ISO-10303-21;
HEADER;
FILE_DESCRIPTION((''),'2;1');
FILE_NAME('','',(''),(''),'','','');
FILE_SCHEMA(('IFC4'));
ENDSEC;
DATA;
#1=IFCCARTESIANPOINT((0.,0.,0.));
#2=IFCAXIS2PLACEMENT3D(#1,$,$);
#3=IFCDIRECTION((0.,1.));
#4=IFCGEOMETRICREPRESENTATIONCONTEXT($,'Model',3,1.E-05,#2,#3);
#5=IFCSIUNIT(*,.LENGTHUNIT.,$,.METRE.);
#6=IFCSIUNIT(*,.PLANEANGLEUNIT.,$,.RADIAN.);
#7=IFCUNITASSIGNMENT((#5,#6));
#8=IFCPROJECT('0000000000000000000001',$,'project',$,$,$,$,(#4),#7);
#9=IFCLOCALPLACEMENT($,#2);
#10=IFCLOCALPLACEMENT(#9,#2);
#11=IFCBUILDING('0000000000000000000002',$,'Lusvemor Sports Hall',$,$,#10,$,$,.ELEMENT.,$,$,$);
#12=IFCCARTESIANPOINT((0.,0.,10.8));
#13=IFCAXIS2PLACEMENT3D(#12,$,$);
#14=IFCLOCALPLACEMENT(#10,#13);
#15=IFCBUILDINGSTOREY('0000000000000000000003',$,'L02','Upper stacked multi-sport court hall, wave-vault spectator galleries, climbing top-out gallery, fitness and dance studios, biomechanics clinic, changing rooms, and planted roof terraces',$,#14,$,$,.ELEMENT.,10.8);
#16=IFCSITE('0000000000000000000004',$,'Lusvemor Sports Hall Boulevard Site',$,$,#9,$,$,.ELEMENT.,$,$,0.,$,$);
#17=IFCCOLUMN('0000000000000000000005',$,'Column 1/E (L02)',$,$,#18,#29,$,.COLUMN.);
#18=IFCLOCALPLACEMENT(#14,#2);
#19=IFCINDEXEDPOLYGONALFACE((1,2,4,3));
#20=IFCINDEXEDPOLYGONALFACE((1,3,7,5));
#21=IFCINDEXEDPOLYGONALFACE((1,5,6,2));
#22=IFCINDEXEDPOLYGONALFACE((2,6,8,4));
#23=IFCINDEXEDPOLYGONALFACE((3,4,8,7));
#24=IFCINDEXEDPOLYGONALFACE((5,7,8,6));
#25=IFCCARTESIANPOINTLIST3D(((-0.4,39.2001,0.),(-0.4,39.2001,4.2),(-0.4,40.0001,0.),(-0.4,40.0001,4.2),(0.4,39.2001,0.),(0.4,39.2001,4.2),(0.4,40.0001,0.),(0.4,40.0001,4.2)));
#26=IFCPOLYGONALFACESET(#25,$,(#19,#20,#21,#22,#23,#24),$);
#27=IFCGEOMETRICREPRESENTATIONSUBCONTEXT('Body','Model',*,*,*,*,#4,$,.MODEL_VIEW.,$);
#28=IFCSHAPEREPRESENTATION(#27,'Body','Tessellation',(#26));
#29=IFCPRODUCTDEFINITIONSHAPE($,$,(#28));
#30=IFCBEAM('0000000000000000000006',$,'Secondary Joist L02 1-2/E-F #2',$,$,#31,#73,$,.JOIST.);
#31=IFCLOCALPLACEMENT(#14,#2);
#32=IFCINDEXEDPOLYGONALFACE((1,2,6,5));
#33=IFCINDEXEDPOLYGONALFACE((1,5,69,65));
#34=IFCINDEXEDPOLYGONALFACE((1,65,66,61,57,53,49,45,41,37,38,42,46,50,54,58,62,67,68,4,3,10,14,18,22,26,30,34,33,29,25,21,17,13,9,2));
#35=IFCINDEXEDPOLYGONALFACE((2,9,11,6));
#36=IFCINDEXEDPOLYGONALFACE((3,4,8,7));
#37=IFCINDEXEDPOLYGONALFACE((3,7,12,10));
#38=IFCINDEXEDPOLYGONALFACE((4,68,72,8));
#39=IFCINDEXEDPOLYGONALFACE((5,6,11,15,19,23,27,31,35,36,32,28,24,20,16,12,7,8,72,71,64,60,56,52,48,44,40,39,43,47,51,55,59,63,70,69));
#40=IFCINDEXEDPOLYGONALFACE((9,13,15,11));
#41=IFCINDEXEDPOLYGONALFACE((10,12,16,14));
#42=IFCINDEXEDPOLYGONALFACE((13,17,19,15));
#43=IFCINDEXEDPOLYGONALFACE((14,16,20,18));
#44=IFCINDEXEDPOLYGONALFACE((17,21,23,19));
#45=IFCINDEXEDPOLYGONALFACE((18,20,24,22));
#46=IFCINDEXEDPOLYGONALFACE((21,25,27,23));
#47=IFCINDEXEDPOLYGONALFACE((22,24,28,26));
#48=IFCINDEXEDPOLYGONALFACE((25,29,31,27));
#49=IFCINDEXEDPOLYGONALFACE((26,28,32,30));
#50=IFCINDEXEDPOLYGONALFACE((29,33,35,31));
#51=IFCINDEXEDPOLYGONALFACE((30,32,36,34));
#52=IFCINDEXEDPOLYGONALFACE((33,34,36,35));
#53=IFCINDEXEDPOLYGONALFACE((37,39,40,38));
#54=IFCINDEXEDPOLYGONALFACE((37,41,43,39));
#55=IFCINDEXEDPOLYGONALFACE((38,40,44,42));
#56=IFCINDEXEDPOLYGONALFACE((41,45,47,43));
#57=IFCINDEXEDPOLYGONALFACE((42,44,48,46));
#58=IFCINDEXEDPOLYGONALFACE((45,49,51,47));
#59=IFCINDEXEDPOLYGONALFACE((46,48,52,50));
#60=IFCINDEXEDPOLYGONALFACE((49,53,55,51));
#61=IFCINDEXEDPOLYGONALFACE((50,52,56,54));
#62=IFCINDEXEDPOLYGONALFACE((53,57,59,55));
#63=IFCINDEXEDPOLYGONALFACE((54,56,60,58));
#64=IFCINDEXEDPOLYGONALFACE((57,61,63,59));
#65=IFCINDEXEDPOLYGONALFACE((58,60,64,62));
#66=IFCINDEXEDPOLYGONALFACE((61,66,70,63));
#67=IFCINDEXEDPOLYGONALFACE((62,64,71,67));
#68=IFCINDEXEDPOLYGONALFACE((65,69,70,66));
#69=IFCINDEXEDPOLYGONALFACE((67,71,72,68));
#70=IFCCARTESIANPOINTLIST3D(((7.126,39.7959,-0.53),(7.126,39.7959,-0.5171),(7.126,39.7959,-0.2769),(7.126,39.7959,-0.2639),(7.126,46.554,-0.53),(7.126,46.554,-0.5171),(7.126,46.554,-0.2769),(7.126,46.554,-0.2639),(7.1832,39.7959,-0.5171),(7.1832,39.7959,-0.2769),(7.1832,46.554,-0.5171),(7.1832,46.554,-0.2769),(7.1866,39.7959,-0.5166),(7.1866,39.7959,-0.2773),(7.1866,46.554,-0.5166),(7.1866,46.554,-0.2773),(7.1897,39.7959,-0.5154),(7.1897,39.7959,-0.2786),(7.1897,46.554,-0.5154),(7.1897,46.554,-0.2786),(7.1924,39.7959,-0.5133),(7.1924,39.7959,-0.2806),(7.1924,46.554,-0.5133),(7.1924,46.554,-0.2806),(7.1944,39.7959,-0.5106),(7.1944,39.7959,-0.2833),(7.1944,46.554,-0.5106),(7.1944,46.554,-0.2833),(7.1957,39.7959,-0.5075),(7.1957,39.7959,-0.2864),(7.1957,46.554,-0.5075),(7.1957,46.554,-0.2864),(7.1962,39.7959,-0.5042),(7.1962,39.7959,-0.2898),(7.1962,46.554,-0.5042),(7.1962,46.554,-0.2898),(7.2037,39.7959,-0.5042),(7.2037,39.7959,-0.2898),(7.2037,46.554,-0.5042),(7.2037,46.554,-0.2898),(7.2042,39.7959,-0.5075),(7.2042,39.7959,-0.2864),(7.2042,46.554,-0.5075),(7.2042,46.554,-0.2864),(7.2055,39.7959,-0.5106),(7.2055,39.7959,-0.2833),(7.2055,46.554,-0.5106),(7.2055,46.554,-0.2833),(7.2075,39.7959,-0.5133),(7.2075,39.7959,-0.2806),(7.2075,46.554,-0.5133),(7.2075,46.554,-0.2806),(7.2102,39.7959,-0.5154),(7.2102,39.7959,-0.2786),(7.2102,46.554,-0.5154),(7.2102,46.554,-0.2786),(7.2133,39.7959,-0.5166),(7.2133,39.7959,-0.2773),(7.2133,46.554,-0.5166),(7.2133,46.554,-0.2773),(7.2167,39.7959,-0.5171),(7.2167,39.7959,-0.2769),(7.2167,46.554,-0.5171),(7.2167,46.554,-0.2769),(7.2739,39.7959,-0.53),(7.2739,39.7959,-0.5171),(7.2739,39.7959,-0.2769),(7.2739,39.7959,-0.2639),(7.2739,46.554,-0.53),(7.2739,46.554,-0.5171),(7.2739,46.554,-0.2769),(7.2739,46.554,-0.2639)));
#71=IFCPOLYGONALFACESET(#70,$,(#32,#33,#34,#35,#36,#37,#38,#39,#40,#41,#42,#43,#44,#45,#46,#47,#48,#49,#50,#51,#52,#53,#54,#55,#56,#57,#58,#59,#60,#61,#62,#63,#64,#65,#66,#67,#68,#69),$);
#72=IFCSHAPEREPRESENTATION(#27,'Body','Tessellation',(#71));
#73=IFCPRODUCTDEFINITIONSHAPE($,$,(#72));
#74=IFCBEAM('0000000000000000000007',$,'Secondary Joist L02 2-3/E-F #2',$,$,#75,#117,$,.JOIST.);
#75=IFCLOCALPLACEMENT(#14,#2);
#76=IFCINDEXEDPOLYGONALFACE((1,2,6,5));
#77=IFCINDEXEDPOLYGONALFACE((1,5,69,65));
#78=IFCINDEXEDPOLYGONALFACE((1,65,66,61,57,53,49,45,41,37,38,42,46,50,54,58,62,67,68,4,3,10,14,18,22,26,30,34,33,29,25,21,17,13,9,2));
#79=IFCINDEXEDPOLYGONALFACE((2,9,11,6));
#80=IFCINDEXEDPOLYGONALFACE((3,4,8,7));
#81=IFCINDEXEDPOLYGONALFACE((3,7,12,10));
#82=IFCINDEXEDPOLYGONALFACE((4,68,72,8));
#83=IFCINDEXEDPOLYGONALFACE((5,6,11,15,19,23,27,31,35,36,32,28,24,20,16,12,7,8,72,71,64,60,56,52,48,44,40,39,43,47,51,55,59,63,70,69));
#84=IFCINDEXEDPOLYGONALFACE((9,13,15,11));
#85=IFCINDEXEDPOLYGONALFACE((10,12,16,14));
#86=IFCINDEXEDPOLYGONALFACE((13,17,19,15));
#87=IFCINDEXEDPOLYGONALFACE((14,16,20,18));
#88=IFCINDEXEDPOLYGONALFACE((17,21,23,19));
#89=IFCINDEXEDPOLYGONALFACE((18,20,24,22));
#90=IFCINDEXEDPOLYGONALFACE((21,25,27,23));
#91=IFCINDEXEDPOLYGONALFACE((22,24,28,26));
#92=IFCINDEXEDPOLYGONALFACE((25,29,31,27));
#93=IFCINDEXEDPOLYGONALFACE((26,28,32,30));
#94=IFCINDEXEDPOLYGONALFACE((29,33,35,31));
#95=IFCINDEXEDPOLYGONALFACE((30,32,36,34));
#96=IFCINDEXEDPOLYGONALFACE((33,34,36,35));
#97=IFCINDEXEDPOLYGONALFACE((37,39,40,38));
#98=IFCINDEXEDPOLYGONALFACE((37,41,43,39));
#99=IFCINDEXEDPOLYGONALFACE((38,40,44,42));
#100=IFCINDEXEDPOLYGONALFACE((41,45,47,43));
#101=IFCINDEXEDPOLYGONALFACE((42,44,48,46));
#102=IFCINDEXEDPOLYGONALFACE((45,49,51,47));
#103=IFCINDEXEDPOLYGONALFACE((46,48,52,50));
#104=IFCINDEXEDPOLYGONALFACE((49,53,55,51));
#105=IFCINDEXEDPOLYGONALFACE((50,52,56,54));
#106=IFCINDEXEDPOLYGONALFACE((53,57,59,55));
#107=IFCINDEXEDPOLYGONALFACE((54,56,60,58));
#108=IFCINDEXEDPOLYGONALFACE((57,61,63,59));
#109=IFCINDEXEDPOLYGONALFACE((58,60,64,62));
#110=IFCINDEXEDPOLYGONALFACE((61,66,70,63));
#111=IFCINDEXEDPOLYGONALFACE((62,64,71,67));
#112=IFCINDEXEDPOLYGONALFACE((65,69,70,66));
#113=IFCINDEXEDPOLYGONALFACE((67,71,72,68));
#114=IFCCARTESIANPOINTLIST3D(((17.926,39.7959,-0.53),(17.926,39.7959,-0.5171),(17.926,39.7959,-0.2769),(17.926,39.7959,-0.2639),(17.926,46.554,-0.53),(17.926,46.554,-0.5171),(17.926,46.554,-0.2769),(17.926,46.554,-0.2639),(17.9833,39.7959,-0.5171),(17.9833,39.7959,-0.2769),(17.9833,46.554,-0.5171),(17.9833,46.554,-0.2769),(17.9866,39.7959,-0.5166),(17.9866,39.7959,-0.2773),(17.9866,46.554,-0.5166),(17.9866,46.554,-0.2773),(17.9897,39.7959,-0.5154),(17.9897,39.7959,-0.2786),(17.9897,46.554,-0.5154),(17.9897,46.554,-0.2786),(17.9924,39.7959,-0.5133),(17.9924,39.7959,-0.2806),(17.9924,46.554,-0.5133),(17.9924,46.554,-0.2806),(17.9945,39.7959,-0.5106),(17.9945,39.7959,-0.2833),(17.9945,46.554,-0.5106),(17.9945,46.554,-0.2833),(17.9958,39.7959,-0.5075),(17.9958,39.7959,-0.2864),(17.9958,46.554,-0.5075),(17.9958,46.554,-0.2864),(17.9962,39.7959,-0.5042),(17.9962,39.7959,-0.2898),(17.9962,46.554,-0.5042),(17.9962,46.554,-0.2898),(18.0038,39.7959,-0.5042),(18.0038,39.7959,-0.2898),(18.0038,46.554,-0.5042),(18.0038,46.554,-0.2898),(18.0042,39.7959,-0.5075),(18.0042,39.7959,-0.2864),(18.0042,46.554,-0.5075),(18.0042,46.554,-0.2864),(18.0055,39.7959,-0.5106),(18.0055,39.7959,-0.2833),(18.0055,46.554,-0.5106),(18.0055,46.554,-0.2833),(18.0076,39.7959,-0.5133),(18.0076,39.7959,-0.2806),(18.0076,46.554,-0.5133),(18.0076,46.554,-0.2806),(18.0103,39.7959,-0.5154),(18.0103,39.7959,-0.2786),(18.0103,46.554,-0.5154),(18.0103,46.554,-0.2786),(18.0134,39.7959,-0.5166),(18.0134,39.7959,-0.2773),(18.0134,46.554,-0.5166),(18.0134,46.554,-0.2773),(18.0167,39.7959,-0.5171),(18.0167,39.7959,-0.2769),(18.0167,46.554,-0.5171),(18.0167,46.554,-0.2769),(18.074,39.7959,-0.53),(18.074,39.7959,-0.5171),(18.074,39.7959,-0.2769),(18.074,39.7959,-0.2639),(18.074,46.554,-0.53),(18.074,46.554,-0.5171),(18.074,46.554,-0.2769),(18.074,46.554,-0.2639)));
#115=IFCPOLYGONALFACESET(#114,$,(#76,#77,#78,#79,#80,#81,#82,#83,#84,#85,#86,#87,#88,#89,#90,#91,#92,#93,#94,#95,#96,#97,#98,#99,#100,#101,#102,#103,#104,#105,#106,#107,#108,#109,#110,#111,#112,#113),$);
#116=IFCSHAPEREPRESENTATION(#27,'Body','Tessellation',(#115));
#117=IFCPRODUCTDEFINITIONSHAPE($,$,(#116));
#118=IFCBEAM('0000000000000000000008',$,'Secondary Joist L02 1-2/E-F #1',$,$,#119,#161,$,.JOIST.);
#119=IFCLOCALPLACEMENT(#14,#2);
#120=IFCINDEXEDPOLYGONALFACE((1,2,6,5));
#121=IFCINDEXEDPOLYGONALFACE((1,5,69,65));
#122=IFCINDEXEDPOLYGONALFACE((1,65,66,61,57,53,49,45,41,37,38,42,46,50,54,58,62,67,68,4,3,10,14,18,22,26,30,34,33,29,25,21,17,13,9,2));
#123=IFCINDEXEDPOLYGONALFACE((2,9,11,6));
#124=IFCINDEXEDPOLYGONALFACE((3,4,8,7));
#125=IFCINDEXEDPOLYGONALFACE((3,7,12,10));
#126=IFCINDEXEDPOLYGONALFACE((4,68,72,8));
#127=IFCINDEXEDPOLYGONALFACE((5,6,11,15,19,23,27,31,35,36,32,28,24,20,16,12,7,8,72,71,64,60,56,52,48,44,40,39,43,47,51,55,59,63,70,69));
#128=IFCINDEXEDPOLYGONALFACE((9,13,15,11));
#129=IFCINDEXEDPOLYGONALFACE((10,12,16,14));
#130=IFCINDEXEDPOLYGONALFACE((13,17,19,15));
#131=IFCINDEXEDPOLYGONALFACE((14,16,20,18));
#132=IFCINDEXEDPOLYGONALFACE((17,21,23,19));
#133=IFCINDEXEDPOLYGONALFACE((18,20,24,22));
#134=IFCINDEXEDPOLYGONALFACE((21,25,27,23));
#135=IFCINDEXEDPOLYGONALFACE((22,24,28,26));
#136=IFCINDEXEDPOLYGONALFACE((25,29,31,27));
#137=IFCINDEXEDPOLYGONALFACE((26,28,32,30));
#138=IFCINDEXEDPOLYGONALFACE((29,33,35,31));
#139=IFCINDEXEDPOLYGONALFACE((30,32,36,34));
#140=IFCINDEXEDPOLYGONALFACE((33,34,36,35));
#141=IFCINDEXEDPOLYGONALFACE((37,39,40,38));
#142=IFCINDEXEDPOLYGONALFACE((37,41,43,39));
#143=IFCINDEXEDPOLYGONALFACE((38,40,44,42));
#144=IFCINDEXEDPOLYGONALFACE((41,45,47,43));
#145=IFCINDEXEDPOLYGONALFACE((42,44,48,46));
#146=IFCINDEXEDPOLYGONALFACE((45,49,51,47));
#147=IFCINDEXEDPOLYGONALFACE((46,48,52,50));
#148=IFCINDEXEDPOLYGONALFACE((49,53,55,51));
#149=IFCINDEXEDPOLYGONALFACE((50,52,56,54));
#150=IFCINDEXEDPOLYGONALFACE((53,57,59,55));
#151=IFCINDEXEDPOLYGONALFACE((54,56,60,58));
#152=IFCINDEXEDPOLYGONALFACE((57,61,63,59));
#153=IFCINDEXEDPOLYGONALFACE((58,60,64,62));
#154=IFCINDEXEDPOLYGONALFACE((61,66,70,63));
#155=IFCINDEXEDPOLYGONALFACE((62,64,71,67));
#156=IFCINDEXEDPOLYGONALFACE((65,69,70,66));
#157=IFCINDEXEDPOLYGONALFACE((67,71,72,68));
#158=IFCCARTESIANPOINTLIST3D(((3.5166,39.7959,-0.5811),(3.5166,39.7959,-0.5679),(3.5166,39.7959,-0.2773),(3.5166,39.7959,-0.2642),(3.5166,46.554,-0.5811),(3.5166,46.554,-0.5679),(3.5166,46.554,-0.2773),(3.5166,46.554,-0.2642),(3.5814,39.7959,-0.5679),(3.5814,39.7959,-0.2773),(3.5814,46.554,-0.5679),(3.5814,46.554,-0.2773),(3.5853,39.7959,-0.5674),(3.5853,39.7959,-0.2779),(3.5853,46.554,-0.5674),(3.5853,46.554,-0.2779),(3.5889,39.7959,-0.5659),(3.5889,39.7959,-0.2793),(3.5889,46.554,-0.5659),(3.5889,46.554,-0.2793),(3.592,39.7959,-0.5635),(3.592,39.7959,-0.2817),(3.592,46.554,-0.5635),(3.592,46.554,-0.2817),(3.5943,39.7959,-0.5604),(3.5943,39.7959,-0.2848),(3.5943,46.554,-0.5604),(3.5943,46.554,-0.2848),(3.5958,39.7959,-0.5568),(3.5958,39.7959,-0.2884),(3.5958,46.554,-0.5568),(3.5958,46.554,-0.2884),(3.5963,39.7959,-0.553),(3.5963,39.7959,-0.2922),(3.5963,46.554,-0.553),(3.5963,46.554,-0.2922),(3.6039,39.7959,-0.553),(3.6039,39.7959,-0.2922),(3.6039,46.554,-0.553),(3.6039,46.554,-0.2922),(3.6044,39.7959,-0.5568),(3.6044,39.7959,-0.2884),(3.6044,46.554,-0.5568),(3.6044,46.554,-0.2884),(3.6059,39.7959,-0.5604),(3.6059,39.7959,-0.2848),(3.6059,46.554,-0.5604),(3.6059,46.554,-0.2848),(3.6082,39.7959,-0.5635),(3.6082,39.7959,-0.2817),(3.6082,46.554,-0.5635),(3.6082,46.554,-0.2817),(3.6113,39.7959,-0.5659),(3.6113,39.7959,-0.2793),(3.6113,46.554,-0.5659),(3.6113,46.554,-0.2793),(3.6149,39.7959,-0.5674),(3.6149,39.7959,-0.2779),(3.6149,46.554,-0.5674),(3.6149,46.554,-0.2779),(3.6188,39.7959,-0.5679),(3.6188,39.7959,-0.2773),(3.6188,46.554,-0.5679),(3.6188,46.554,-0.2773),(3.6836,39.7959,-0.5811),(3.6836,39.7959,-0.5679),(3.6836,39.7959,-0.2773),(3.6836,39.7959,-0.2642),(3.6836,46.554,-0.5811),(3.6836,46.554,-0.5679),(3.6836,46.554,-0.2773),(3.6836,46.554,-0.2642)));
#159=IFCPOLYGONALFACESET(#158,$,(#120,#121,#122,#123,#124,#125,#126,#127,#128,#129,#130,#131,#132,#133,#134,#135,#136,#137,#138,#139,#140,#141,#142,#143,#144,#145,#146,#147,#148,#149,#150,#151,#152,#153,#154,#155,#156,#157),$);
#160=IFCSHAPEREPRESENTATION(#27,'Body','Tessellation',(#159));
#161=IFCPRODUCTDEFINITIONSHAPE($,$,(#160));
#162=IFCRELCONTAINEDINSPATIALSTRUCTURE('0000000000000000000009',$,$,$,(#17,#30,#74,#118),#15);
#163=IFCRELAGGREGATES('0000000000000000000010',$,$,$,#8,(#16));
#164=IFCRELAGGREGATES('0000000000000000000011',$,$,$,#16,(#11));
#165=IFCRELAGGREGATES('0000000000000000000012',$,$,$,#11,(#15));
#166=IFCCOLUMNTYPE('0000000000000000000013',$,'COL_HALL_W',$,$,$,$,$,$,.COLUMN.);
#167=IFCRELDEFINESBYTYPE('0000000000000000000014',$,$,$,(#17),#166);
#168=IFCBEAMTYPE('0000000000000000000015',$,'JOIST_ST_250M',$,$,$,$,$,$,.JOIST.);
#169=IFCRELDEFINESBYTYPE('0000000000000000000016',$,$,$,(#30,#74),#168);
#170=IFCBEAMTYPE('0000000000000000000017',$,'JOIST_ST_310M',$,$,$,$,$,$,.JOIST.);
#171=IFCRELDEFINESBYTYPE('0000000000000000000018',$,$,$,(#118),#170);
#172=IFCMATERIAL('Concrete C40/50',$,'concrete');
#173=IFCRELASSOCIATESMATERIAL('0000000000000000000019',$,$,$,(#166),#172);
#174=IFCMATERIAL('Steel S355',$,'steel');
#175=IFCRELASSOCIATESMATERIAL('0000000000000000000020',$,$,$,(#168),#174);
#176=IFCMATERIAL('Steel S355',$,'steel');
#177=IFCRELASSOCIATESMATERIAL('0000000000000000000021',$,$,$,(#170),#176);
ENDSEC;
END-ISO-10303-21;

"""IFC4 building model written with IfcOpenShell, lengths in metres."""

from ifc_helpers import new_model, si_unit, direction, frame, origin, origin_2d, place, context, subcontext, project, spatial, rectangle, i_section, extrude, material, material_profile, profile_set, type_object, element, save


model = new_model("IFC4")

# Units and contexts
model_context = context("Model", 3, precision=1e-05, world=origin(), true_north=direction((0.0, 1.0)))
body_context = subcontext(model_context, "Body", "Model", "MODEL_VIEW")
ifc_project = project(units=[si_unit("LENGTHUNIT", "METRE"), si_unit("PLANEANGLEUNIT", "RADIAN")], contexts=[model_context])

# Site, building, storey
site_placement = place(None, origin())
site = spatial("IfcSite", under=ifc_project, at=site_placement, Name="Lusvemor Sports Hall Boulevard Site", CompositionType="ELEMENT", RefElevation=0.0)
building_placement = place(site_placement, origin())
building = spatial("IfcBuilding", under=site, at=building_placement, Name="Lusvemor Sports Hall", CompositionType="ELEMENT")
storey_placement = place(building_placement, frame((0.0, 0.0, 10.8)))
storey = spatial("IfcBuildingStorey", under=building, at=storey_placement, Name="L02", Description="Upper stacked multi-sport court hall, wave-vault spectator galleries, climbing top-out gallery, fitness and dance studios, biomechanics clinic, changing rooms, and planted roof terraces", CompositionType="ELEMENT", Elevation=10.8)

# Column
ifc_material_1 = material(Name="Concrete C40/50", Category="concrete")
ifc_material_profile_1 = material_profile(ifc_material_1, rectangle(XDim=0.8, YDim=0.8, at=origin_2d()), Name="RC800x800")
ifc_profile_set_1 = profile_set([ifc_material_profile_1], Name="Concrete C40/50")
column_type = type_object("IfcColumnType", Name="COL_HALL_W", PredefinedType="COLUMN", material=ifc_profile_set_1)
column_placement = place(storey_placement, frame((0.0, 39.6001, 0.0), z_axis=(0.0, 0.0, 1.0), x_axis=(1.0, 0.0, 0.0)))
element("IfcColumn", 1, at=column_placement, inside=storey, type_object=column_type, Name="Column 1/E (L02)", PredefinedType="COLUMN", context=body_context, shape_type="SweptSolid", body=[
    extrude(rectangle(XDim=0.8, YDim=0.8, at=origin_2d()), origin(), (0.0, 0.0, 1.0), 4.2),
])

# Beams
ifc_material_2 = material(Name="Steel S355", Category="steel")
ifc_material_profile_2 = material_profile(ifc_material_2, i_section(OverallWidth=0.1479, OverallDepth=0.2661, WebThickness=0.0076, FlangeThickness=0.0129, FilletRadius=0.0129, at=origin_2d()), Name="W250x44.8")
ifc_profile_set_2 = profile_set([ifc_material_profile_2], Name="Steel S355")
beam_type_1 = type_object("IfcBeamType", Name="JOIST_ST_250M", PredefinedType="JOIST", material=ifc_profile_set_2)
for number, where, z_axis, x_axis, name in (
    (2, (7.2, 39.7959, -0.397), (0.0, 1.0, 0.0), (-1.0, 0.0, 0.0), "Secondary Joist L02 1-2/E-F #2"),
    (3, (18.0, 39.7959, -0.397), (0.0, 1.0, 0.0), (-1.0, 0.0, 0.0), "Secondary Joist L02 2-3/E-F #2"),
):
    element("IfcBeam", number, at=place(storey_placement, frame(where, z_axis=z_axis, x_axis=x_axis)), inside=storey, type_object=beam_type_1, Name=name, PredefinedType="JOIST", context=body_context, shape_type="SweptSolid", body=[
        extrude(i_section(OverallWidth=0.1479, OverallDepth=0.2661, WebThickness=0.0076, FlangeThickness=0.0129, FilletRadius=0.0129, at=origin_2d()), origin(), (0.0, 0.0, 1.0), 6.7581),
    ])
ifc_material_3 = material(Name="Steel S355", Category="steel")
ifc_material_profile_3 = material_profile(ifc_material_3, i_section(OverallWidth=0.167, OverallDepth=0.3169, WebThickness=0.0076, FlangeThickness=0.0132, FilletRadius=0.0149, at=origin_2d()), Name="W310x52.0")
ifc_profile_set_3 = profile_set([ifc_material_profile_3], Name="Steel S355")
beam_type_2 = type_object("IfcBeamType", Name="JOIST_ST_310M", PredefinedType="JOIST", material=ifc_profile_set_3)
for number, where, z_axis, x_axis, name in (
    (4, (3.6001, 39.7959, -0.4226), (0.0, 1.0, 0.0), (-1.0, 0.0, 0.0), "Secondary Joist L02 1-2/E-F #1"),
):
    element("IfcBeam", number, at=place(storey_placement, frame(where, z_axis=z_axis, x_axis=x_axis)), inside=storey, type_object=beam_type_2, Name=name, PredefinedType="JOIST", context=body_context, shape_type="SweptSolid", body=[
        extrude(i_section(OverallWidth=0.167, OverallDepth=0.3169, WebThickness=0.0076, FlangeThickness=0.0132, FilletRadius=0.0149, at=origin_2d()), origin(), (0.0, 0.0, 1.0), 6.7581),
    ])

save(model, "model.ifc")
